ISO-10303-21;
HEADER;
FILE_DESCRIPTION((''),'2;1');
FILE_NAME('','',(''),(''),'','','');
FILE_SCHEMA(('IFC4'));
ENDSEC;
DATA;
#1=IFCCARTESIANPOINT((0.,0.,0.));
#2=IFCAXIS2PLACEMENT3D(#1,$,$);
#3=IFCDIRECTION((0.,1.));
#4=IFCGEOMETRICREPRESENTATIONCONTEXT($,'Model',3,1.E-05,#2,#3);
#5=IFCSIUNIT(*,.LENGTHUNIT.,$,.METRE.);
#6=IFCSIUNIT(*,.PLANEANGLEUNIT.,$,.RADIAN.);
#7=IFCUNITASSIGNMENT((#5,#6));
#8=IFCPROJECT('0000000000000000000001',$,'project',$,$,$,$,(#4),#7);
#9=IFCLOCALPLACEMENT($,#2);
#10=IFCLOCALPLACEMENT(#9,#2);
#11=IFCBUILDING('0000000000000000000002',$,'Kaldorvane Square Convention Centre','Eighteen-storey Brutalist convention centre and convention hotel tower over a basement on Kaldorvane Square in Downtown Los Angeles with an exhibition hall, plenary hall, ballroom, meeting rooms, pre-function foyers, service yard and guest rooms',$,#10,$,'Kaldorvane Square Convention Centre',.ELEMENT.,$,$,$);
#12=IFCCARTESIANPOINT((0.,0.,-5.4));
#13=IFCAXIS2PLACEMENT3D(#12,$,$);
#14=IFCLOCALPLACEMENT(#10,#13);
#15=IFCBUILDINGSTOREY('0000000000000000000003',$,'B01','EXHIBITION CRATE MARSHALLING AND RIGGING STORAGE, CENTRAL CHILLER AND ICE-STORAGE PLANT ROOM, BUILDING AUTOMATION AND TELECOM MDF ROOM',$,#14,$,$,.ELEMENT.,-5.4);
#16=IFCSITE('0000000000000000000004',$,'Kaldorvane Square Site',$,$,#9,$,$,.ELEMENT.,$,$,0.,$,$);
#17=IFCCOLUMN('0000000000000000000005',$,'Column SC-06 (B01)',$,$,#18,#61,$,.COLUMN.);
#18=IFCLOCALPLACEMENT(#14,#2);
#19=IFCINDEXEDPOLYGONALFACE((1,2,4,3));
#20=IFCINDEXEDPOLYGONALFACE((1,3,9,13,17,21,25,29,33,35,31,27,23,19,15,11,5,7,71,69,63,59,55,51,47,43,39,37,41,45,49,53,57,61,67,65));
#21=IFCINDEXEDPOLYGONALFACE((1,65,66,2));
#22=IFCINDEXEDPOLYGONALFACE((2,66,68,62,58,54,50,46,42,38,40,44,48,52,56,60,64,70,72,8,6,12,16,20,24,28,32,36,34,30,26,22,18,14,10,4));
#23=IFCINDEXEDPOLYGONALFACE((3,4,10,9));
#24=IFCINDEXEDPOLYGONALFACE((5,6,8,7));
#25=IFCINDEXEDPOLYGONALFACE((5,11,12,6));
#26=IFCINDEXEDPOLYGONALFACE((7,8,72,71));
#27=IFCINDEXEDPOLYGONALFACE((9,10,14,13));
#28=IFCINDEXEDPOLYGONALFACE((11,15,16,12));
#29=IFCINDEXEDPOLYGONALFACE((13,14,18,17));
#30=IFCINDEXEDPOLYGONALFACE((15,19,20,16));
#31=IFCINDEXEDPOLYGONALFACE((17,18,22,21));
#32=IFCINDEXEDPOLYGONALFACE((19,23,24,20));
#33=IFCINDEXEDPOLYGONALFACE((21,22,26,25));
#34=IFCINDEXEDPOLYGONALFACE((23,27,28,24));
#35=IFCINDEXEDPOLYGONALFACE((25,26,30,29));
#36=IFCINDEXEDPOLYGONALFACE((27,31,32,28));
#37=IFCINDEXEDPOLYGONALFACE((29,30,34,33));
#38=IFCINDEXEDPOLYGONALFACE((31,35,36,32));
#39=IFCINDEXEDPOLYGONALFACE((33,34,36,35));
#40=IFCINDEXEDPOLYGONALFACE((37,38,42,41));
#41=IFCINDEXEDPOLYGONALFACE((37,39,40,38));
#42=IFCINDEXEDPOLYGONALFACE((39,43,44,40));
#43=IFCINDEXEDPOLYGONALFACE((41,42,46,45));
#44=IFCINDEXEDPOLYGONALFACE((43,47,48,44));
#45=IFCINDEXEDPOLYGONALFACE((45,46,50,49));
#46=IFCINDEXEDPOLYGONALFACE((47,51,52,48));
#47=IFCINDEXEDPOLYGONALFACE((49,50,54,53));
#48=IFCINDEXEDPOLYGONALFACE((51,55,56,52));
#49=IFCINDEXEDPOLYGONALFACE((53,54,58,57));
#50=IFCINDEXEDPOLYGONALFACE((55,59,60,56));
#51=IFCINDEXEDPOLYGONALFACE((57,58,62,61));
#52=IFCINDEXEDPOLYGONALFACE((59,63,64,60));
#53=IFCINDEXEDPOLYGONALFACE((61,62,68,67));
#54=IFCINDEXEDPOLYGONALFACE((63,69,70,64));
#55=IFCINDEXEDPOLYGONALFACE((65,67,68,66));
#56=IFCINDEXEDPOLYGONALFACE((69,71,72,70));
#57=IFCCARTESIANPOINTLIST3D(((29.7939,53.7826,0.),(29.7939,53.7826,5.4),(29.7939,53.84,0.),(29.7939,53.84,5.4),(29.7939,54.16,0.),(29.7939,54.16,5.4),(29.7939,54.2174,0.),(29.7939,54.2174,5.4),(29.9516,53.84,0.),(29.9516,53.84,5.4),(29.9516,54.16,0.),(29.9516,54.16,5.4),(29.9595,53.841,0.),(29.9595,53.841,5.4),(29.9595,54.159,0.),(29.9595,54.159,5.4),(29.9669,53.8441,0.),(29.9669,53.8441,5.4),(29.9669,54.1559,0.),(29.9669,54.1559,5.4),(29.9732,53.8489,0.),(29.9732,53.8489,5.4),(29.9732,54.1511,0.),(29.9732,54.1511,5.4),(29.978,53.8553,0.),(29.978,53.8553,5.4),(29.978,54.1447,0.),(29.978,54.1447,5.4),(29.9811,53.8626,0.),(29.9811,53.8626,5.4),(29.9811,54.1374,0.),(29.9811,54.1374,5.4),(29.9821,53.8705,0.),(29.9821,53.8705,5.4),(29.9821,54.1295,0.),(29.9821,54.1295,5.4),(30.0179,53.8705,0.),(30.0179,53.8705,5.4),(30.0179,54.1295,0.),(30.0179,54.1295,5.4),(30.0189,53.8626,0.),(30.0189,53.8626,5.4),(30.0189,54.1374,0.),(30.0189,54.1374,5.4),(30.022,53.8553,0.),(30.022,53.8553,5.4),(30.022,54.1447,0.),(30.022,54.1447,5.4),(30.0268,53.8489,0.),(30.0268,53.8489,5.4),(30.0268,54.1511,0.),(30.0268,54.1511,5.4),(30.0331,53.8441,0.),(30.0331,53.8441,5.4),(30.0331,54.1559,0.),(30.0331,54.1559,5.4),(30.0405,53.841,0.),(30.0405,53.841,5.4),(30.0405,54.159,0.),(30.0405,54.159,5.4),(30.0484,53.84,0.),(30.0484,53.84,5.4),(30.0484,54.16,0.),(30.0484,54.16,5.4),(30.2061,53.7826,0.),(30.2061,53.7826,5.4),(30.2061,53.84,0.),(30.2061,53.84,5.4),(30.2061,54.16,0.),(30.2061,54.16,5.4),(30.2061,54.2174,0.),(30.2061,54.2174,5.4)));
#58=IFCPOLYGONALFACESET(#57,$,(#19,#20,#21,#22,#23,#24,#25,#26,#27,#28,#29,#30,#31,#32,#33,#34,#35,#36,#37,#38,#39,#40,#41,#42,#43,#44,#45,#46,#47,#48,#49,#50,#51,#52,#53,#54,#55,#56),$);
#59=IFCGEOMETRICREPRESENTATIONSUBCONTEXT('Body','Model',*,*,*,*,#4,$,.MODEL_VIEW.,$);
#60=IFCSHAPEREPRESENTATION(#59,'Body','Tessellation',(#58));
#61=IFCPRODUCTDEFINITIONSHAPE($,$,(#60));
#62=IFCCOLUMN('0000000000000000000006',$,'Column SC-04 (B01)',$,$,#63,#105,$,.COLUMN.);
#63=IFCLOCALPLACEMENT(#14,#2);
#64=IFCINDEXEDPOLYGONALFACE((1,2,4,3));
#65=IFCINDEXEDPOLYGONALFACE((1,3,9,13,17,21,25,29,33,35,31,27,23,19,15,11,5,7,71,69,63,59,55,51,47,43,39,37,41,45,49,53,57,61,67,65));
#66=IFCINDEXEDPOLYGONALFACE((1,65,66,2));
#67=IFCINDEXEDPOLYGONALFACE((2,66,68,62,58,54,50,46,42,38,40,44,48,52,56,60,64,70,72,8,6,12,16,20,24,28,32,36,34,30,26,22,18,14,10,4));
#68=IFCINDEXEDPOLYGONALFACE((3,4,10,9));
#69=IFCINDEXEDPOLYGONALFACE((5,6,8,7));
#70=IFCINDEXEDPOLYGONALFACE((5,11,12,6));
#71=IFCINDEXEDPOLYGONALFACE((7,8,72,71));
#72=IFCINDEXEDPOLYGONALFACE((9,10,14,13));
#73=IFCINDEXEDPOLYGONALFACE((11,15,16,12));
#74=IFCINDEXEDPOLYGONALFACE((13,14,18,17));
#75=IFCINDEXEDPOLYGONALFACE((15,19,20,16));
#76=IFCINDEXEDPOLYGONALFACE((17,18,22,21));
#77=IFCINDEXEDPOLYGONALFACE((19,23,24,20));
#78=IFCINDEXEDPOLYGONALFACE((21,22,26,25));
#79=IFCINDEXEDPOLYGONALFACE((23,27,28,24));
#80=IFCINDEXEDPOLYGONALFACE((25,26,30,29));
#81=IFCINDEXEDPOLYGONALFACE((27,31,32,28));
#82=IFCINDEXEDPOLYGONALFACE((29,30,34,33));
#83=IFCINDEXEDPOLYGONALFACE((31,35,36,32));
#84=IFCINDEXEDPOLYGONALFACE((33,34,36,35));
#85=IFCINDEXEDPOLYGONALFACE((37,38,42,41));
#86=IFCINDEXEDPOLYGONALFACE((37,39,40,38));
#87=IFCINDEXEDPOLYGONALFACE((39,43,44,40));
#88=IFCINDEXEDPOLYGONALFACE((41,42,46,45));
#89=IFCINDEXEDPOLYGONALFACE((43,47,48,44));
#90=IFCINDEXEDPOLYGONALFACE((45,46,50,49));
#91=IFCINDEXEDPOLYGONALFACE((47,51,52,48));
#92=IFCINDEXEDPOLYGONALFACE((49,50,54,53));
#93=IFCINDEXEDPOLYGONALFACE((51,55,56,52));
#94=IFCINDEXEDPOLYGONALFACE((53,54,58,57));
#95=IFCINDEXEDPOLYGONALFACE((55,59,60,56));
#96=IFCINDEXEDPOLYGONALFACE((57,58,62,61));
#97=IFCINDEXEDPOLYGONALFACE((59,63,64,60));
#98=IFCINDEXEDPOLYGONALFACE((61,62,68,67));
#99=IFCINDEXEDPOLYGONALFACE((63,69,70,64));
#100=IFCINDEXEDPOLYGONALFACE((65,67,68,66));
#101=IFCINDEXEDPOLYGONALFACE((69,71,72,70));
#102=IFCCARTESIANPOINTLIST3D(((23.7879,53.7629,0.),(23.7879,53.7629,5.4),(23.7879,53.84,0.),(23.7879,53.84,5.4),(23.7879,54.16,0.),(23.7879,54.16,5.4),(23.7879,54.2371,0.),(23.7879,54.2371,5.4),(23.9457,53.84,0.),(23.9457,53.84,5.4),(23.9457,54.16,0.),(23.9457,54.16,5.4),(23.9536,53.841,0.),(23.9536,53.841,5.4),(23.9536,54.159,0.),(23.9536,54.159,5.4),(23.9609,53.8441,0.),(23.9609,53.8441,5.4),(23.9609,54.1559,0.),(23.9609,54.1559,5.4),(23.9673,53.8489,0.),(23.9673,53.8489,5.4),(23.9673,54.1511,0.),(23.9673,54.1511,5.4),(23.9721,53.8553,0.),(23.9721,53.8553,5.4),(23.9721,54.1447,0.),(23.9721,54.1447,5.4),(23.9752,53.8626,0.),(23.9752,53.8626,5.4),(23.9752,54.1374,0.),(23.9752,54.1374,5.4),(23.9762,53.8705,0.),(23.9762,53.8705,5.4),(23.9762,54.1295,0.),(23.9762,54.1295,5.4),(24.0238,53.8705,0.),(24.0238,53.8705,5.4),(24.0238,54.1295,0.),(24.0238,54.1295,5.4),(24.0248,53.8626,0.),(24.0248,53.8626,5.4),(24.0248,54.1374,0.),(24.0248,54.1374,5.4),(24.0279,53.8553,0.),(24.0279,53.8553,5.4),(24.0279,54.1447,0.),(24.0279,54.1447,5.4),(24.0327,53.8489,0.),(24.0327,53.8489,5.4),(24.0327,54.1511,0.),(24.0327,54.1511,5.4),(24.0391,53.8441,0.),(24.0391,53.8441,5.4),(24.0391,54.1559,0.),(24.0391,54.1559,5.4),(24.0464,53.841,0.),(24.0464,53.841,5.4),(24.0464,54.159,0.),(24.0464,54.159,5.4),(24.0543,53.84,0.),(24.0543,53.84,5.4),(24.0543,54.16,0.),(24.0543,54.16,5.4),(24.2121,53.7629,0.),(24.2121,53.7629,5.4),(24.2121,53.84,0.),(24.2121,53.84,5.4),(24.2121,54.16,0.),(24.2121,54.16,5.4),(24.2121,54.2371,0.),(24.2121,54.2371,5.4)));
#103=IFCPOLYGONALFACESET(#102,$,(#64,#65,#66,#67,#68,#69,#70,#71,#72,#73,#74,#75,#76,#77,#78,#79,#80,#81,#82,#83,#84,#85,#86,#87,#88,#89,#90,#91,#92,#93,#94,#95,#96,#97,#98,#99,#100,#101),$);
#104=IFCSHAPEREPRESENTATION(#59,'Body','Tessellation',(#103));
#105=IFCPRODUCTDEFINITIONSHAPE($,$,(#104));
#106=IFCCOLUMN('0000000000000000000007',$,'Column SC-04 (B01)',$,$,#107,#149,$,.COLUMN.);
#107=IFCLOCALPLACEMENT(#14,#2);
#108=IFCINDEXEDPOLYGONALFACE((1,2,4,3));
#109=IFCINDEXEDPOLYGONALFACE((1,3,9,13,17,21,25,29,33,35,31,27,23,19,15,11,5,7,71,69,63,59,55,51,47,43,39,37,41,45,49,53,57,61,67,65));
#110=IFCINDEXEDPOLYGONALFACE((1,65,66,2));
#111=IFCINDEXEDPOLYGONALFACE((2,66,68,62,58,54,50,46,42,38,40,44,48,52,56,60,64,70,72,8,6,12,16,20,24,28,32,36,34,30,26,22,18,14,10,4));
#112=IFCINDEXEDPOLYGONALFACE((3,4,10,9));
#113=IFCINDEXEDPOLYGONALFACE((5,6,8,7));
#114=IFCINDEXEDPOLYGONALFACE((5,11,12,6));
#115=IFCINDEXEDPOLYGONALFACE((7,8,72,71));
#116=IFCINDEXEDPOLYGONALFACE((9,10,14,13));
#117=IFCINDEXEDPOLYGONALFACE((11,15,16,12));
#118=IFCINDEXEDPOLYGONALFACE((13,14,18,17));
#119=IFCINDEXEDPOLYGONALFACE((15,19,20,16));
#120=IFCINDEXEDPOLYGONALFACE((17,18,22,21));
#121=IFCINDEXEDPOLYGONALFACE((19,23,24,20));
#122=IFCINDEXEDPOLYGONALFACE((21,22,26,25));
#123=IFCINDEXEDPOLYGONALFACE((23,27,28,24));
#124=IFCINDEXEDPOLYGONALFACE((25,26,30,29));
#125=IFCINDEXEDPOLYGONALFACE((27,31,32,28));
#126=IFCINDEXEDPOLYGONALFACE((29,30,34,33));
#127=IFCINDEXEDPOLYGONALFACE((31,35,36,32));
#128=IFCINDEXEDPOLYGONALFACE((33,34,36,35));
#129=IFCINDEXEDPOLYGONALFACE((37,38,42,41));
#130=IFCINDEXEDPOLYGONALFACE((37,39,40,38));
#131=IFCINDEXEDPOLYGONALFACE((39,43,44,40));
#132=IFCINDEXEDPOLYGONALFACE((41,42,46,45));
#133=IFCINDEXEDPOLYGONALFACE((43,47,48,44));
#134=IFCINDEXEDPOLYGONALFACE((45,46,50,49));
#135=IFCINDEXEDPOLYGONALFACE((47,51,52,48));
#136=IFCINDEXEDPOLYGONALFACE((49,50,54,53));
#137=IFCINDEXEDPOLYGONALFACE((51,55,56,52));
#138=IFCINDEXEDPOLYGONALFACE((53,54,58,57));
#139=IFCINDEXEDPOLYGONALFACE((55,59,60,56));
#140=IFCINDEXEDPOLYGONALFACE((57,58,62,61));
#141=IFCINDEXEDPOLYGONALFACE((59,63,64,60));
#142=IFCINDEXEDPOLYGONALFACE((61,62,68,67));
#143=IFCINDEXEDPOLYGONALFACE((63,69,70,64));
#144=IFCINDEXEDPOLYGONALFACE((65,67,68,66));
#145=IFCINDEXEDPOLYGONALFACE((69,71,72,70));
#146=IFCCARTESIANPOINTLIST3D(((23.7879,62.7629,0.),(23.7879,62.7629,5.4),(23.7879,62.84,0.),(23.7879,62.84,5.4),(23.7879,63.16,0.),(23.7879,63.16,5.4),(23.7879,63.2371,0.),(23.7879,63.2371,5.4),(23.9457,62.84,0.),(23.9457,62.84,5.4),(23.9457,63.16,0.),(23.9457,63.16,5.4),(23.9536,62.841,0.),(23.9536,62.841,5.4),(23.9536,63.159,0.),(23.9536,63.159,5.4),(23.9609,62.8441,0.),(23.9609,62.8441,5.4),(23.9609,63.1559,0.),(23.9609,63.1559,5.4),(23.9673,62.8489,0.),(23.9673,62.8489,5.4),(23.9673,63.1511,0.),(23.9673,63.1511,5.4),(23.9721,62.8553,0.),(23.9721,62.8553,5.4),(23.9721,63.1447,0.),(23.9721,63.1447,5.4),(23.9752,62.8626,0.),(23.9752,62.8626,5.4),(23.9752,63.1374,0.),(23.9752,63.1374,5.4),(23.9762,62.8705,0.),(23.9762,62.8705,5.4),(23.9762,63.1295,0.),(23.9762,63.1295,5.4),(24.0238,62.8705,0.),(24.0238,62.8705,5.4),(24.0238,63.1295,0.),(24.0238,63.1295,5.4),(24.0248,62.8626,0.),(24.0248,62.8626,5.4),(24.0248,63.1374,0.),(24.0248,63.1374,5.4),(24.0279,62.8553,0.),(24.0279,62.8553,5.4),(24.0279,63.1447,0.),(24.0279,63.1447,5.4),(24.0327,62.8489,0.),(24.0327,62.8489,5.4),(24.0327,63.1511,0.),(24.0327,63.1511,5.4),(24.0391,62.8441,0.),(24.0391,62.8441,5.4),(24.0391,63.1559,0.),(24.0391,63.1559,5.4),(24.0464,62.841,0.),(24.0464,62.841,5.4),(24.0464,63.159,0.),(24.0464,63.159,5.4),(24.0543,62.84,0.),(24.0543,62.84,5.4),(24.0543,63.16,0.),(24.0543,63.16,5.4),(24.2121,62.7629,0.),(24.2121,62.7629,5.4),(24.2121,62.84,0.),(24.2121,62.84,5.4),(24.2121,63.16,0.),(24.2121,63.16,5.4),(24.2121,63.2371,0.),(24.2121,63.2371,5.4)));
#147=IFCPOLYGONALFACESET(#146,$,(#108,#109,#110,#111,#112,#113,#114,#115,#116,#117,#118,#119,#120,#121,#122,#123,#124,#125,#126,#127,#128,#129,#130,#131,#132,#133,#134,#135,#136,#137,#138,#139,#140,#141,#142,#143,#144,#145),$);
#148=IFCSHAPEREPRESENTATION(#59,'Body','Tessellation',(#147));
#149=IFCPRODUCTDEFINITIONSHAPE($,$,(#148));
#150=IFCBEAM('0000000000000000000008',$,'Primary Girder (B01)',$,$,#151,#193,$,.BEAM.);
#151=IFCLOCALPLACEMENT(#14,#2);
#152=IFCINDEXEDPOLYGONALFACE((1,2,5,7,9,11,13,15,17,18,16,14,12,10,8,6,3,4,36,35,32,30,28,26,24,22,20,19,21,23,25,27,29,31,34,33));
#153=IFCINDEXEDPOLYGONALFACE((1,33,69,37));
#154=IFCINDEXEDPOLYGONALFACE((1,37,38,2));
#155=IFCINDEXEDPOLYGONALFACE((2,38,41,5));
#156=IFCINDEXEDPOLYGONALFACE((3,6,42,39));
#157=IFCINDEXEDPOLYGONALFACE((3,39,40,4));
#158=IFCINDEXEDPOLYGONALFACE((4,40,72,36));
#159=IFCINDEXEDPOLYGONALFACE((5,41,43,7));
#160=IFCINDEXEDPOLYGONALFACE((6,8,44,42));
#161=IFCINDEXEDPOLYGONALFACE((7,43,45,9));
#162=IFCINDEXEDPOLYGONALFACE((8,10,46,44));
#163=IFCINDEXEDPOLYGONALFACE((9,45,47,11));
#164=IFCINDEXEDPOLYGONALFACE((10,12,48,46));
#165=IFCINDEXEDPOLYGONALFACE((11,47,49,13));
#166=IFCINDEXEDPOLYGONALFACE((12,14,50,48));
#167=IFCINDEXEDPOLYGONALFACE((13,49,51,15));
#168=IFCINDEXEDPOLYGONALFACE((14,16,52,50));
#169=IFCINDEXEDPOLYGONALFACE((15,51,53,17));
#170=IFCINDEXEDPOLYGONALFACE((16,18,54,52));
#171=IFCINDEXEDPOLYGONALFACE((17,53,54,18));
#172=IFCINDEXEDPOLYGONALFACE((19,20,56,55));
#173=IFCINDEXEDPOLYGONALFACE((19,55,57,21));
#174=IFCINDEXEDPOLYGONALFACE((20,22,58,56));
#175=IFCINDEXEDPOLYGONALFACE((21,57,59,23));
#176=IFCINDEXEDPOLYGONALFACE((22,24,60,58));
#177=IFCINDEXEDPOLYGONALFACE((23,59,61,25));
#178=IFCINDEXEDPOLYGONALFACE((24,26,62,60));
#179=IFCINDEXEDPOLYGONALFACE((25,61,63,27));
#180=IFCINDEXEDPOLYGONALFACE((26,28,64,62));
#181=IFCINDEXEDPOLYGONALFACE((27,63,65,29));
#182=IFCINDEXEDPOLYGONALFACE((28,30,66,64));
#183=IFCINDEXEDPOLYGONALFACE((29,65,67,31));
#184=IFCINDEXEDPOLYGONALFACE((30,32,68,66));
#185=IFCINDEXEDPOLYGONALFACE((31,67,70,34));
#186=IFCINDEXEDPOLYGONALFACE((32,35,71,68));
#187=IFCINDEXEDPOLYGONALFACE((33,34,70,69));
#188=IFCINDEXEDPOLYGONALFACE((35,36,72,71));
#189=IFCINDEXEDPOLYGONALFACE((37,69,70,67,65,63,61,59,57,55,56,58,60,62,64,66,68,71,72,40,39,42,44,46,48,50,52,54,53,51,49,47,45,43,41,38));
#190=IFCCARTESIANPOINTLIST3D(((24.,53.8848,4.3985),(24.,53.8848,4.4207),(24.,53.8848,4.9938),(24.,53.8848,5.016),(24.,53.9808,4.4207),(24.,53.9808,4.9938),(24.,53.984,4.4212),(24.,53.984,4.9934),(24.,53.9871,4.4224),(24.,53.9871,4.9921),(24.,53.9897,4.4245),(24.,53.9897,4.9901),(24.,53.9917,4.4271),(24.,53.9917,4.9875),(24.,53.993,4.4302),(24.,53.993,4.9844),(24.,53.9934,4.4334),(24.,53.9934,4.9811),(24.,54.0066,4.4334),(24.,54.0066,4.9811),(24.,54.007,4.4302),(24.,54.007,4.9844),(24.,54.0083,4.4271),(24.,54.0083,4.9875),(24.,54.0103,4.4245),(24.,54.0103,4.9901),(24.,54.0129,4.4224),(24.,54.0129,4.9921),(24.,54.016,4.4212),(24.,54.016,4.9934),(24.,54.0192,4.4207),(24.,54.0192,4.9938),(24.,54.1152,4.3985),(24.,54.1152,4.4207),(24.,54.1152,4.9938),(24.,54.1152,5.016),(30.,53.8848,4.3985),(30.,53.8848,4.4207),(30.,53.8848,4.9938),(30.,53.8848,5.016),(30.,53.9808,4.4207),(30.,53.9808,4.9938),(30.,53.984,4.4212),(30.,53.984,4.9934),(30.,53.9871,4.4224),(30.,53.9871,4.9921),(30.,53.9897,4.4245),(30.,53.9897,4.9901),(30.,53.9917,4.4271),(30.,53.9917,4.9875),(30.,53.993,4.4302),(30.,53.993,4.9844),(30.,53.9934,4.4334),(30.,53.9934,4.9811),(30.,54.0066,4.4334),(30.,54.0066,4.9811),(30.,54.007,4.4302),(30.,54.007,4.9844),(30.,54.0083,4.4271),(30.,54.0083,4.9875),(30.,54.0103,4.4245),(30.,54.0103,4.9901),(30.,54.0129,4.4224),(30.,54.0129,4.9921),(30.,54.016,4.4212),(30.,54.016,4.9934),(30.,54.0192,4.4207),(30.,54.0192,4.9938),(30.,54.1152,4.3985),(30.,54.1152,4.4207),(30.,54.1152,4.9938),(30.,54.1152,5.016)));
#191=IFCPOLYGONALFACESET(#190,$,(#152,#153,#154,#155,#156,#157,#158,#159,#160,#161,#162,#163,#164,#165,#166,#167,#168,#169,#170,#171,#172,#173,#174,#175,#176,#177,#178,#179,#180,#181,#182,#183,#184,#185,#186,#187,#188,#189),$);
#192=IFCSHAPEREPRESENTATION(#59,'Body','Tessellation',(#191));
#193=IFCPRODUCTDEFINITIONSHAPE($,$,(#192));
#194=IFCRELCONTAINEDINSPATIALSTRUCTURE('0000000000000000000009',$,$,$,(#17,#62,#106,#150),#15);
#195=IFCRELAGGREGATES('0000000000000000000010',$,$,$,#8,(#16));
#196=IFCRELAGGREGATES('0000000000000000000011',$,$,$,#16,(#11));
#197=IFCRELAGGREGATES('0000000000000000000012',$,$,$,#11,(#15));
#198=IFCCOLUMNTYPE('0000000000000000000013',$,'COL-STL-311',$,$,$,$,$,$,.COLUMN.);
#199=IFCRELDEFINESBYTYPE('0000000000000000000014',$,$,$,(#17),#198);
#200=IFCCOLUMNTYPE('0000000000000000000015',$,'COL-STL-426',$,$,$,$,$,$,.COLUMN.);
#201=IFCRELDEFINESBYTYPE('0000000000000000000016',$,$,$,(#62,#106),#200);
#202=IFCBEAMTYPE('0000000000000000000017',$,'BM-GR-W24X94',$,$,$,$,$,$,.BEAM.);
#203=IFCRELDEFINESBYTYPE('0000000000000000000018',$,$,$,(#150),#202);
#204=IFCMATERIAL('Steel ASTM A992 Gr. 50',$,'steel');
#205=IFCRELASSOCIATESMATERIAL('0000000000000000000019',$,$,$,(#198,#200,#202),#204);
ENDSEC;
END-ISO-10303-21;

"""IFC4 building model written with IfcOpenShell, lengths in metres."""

from ifc_helpers import new_model, si_unit, direction, frame, origin, origin_2d, place, context, subcontext, project, spatial, i_section, extrude, material, material_profile, profile_set, type_object, element, save


model = new_model("IFC4")

# Units and contexts
model_context = context("Model", 3, precision=1e-05, world=origin(), true_north=direction((0.0, 1.0)))
body_context = subcontext(model_context, "Body", "Model", "MODEL_VIEW")
ifc_project = project(units=[si_unit("LENGTHUNIT", "METRE"), si_unit("PLANEANGLEUNIT", "RADIAN")], contexts=[model_context])

# Site, building, storey
site_placement = place(None, origin())
site = spatial("IfcSite", under=ifc_project, at=site_placement, Name="Kaldorvane Square Site", CompositionType="ELEMENT", RefElevation=0.0)
building_placement = place(site_placement, origin())
building = spatial("IfcBuilding", under=site, at=building_placement, Name="Kaldorvane Square Convention Centre", Description="Eighteen-storey Brutalist convention centre and convention hotel tower over a basement on Kaldorvane Square in Downtown Los Angeles with an exhibition hall, plenary hall, ballroom, meeting rooms, pre-function foyers, service yard and guest rooms", LongName="Kaldorvane Square Convention Centre", CompositionType="ELEMENT")
storey_placement = place(building_placement, frame((0.0, 0.0, -5.4)))
storey = spatial("IfcBuildingStorey", under=building, at=storey_placement, Name="B01", Description="EXHIBITION CRATE MARSHALLING AND RIGGING STORAGE, CENTRAL CHILLER AND ICE-STORAGE PLANT ROOM, BUILDING AUTOMATION AND TELECOM MDF ROOM", CompositionType="ELEMENT", Elevation=-5.4)

# Columns
ifc_material_1 = material(Name="Steel ASTM A992 Gr. 50", Category="steel")
ifc_material_profile_1 = material_profile(ifc_material_1, i_section(OverallWidth=0.4122, OverallDepth=0.4348, WebThickness=0.0358, FlangeThickness=0.0574, FilletRadius=0.0305, at=origin_2d()), Name="W14X311")
ifc_profile_set_1 = profile_set([ifc_material_profile_1], Name="Steel ASTM A992 Gr. 50")
column_type_1 = type_object("IfcColumnType", Name="COL-STL-311", PredefinedType="COLUMN", material=ifc_profile_set_1)
column_placement = place(storey_placement, frame((30.0, 54.0, 0.0), z_axis=(0.0, 0.0, 1.0), x_axis=(1.0, 0.0, 0.0)))
element("IfcColumn", 1, at=column_placement, inside=storey, type_object=column_type_1, Name="Column SC-06 (B01)", PredefinedType="COLUMN", context=body_context, shape_type="SweptSolid", body=[
    extrude(i_section(OverallWidth=0.4122, OverallDepth=0.4348, WebThickness=0.0358, FlangeThickness=0.0574, FilletRadius=0.0305, at=origin_2d()), origin(), (0.0, 0.0, 1.0), 5.4),
])
ifc_material_profile_2 = material_profile(ifc_material_1, i_section(OverallWidth=0.4241, OverallDepth=0.4742, WebThickness=0.0476, FlangeThickness=0.0771, FilletRadius=0.0305, at=origin_2d()), Name="W14X426")
ifc_profile_set_2 = profile_set([ifc_material_profile_2], Name="Steel ASTM A992 Gr. 50")
column_type_2 = type_object("IfcColumnType", Name="COL-STL-426", PredefinedType="COLUMN", material=ifc_profile_set_2)
for number, where, z_axis, x_axis, name in (
    (2, (24.0, 54.0, 0.0), (0.0, 0.0, 1.0), (1.0, 0.0, 0.0), "Column SC-04 (B01)"),
    (3, (24.0, 63.0, 0.0), (0.0, 0.0, 1.0), (1.0, 0.0, 0.0), "Column SC-04 (B01)"),
):
    element("IfcColumn", number, at=place(storey_placement, frame(where, z_axis=z_axis, x_axis=x_axis)), inside=storey, type_object=column_type_2, Name=name, PredefinedType="COLUMN", context=body_context, shape_type="SweptSolid", body=[
        extrude(i_section(OverallWidth=0.4241, OverallDepth=0.4742, WebThickness=0.0476, FlangeThickness=0.0771, FilletRadius=0.0305, at=origin_2d()), origin(), (0.0, 0.0, 1.0), 5.4),
    ])

# Beam
ifc_material_profile_3 = material_profile(ifc_material_1, i_section(OverallWidth=0.2303, OverallDepth=0.6175, WebThickness=0.0131, FlangeThickness=0.0222, FilletRadius=0.0127, at=origin_2d()), Name="W24X94")
ifc_profile_set_3 = profile_set([ifc_material_profile_3], Name="Steel ASTM A992 Gr. 50")
beam_type_1 = type_object("IfcBeamType", Name="BM-GR-W24X94", PredefinedType="BEAM", material=ifc_profile_set_3)
beam_1_placement = place(storey_placement, frame((24.0, 54.0, 4.7073), z_axis=(1.0, 0.0, 0.0), x_axis=(0.0, 1.0, 0.0)))
element("IfcBeam", 4, at=beam_1_placement, inside=storey, type_object=beam_type_1, Name="Primary Girder (B01)", PredefinedType="BEAM", context=body_context, shape_type="SweptSolid", body=[
    extrude(i_section(OverallWidth=0.2303, OverallDepth=0.6175, WebThickness=0.0131, FlangeThickness=0.0222, FilletRadius=0.0127, at=origin_2d()), origin(), (0.0, 0.0, 1.0), 6.0),
])

save(model, "model.ifc")
